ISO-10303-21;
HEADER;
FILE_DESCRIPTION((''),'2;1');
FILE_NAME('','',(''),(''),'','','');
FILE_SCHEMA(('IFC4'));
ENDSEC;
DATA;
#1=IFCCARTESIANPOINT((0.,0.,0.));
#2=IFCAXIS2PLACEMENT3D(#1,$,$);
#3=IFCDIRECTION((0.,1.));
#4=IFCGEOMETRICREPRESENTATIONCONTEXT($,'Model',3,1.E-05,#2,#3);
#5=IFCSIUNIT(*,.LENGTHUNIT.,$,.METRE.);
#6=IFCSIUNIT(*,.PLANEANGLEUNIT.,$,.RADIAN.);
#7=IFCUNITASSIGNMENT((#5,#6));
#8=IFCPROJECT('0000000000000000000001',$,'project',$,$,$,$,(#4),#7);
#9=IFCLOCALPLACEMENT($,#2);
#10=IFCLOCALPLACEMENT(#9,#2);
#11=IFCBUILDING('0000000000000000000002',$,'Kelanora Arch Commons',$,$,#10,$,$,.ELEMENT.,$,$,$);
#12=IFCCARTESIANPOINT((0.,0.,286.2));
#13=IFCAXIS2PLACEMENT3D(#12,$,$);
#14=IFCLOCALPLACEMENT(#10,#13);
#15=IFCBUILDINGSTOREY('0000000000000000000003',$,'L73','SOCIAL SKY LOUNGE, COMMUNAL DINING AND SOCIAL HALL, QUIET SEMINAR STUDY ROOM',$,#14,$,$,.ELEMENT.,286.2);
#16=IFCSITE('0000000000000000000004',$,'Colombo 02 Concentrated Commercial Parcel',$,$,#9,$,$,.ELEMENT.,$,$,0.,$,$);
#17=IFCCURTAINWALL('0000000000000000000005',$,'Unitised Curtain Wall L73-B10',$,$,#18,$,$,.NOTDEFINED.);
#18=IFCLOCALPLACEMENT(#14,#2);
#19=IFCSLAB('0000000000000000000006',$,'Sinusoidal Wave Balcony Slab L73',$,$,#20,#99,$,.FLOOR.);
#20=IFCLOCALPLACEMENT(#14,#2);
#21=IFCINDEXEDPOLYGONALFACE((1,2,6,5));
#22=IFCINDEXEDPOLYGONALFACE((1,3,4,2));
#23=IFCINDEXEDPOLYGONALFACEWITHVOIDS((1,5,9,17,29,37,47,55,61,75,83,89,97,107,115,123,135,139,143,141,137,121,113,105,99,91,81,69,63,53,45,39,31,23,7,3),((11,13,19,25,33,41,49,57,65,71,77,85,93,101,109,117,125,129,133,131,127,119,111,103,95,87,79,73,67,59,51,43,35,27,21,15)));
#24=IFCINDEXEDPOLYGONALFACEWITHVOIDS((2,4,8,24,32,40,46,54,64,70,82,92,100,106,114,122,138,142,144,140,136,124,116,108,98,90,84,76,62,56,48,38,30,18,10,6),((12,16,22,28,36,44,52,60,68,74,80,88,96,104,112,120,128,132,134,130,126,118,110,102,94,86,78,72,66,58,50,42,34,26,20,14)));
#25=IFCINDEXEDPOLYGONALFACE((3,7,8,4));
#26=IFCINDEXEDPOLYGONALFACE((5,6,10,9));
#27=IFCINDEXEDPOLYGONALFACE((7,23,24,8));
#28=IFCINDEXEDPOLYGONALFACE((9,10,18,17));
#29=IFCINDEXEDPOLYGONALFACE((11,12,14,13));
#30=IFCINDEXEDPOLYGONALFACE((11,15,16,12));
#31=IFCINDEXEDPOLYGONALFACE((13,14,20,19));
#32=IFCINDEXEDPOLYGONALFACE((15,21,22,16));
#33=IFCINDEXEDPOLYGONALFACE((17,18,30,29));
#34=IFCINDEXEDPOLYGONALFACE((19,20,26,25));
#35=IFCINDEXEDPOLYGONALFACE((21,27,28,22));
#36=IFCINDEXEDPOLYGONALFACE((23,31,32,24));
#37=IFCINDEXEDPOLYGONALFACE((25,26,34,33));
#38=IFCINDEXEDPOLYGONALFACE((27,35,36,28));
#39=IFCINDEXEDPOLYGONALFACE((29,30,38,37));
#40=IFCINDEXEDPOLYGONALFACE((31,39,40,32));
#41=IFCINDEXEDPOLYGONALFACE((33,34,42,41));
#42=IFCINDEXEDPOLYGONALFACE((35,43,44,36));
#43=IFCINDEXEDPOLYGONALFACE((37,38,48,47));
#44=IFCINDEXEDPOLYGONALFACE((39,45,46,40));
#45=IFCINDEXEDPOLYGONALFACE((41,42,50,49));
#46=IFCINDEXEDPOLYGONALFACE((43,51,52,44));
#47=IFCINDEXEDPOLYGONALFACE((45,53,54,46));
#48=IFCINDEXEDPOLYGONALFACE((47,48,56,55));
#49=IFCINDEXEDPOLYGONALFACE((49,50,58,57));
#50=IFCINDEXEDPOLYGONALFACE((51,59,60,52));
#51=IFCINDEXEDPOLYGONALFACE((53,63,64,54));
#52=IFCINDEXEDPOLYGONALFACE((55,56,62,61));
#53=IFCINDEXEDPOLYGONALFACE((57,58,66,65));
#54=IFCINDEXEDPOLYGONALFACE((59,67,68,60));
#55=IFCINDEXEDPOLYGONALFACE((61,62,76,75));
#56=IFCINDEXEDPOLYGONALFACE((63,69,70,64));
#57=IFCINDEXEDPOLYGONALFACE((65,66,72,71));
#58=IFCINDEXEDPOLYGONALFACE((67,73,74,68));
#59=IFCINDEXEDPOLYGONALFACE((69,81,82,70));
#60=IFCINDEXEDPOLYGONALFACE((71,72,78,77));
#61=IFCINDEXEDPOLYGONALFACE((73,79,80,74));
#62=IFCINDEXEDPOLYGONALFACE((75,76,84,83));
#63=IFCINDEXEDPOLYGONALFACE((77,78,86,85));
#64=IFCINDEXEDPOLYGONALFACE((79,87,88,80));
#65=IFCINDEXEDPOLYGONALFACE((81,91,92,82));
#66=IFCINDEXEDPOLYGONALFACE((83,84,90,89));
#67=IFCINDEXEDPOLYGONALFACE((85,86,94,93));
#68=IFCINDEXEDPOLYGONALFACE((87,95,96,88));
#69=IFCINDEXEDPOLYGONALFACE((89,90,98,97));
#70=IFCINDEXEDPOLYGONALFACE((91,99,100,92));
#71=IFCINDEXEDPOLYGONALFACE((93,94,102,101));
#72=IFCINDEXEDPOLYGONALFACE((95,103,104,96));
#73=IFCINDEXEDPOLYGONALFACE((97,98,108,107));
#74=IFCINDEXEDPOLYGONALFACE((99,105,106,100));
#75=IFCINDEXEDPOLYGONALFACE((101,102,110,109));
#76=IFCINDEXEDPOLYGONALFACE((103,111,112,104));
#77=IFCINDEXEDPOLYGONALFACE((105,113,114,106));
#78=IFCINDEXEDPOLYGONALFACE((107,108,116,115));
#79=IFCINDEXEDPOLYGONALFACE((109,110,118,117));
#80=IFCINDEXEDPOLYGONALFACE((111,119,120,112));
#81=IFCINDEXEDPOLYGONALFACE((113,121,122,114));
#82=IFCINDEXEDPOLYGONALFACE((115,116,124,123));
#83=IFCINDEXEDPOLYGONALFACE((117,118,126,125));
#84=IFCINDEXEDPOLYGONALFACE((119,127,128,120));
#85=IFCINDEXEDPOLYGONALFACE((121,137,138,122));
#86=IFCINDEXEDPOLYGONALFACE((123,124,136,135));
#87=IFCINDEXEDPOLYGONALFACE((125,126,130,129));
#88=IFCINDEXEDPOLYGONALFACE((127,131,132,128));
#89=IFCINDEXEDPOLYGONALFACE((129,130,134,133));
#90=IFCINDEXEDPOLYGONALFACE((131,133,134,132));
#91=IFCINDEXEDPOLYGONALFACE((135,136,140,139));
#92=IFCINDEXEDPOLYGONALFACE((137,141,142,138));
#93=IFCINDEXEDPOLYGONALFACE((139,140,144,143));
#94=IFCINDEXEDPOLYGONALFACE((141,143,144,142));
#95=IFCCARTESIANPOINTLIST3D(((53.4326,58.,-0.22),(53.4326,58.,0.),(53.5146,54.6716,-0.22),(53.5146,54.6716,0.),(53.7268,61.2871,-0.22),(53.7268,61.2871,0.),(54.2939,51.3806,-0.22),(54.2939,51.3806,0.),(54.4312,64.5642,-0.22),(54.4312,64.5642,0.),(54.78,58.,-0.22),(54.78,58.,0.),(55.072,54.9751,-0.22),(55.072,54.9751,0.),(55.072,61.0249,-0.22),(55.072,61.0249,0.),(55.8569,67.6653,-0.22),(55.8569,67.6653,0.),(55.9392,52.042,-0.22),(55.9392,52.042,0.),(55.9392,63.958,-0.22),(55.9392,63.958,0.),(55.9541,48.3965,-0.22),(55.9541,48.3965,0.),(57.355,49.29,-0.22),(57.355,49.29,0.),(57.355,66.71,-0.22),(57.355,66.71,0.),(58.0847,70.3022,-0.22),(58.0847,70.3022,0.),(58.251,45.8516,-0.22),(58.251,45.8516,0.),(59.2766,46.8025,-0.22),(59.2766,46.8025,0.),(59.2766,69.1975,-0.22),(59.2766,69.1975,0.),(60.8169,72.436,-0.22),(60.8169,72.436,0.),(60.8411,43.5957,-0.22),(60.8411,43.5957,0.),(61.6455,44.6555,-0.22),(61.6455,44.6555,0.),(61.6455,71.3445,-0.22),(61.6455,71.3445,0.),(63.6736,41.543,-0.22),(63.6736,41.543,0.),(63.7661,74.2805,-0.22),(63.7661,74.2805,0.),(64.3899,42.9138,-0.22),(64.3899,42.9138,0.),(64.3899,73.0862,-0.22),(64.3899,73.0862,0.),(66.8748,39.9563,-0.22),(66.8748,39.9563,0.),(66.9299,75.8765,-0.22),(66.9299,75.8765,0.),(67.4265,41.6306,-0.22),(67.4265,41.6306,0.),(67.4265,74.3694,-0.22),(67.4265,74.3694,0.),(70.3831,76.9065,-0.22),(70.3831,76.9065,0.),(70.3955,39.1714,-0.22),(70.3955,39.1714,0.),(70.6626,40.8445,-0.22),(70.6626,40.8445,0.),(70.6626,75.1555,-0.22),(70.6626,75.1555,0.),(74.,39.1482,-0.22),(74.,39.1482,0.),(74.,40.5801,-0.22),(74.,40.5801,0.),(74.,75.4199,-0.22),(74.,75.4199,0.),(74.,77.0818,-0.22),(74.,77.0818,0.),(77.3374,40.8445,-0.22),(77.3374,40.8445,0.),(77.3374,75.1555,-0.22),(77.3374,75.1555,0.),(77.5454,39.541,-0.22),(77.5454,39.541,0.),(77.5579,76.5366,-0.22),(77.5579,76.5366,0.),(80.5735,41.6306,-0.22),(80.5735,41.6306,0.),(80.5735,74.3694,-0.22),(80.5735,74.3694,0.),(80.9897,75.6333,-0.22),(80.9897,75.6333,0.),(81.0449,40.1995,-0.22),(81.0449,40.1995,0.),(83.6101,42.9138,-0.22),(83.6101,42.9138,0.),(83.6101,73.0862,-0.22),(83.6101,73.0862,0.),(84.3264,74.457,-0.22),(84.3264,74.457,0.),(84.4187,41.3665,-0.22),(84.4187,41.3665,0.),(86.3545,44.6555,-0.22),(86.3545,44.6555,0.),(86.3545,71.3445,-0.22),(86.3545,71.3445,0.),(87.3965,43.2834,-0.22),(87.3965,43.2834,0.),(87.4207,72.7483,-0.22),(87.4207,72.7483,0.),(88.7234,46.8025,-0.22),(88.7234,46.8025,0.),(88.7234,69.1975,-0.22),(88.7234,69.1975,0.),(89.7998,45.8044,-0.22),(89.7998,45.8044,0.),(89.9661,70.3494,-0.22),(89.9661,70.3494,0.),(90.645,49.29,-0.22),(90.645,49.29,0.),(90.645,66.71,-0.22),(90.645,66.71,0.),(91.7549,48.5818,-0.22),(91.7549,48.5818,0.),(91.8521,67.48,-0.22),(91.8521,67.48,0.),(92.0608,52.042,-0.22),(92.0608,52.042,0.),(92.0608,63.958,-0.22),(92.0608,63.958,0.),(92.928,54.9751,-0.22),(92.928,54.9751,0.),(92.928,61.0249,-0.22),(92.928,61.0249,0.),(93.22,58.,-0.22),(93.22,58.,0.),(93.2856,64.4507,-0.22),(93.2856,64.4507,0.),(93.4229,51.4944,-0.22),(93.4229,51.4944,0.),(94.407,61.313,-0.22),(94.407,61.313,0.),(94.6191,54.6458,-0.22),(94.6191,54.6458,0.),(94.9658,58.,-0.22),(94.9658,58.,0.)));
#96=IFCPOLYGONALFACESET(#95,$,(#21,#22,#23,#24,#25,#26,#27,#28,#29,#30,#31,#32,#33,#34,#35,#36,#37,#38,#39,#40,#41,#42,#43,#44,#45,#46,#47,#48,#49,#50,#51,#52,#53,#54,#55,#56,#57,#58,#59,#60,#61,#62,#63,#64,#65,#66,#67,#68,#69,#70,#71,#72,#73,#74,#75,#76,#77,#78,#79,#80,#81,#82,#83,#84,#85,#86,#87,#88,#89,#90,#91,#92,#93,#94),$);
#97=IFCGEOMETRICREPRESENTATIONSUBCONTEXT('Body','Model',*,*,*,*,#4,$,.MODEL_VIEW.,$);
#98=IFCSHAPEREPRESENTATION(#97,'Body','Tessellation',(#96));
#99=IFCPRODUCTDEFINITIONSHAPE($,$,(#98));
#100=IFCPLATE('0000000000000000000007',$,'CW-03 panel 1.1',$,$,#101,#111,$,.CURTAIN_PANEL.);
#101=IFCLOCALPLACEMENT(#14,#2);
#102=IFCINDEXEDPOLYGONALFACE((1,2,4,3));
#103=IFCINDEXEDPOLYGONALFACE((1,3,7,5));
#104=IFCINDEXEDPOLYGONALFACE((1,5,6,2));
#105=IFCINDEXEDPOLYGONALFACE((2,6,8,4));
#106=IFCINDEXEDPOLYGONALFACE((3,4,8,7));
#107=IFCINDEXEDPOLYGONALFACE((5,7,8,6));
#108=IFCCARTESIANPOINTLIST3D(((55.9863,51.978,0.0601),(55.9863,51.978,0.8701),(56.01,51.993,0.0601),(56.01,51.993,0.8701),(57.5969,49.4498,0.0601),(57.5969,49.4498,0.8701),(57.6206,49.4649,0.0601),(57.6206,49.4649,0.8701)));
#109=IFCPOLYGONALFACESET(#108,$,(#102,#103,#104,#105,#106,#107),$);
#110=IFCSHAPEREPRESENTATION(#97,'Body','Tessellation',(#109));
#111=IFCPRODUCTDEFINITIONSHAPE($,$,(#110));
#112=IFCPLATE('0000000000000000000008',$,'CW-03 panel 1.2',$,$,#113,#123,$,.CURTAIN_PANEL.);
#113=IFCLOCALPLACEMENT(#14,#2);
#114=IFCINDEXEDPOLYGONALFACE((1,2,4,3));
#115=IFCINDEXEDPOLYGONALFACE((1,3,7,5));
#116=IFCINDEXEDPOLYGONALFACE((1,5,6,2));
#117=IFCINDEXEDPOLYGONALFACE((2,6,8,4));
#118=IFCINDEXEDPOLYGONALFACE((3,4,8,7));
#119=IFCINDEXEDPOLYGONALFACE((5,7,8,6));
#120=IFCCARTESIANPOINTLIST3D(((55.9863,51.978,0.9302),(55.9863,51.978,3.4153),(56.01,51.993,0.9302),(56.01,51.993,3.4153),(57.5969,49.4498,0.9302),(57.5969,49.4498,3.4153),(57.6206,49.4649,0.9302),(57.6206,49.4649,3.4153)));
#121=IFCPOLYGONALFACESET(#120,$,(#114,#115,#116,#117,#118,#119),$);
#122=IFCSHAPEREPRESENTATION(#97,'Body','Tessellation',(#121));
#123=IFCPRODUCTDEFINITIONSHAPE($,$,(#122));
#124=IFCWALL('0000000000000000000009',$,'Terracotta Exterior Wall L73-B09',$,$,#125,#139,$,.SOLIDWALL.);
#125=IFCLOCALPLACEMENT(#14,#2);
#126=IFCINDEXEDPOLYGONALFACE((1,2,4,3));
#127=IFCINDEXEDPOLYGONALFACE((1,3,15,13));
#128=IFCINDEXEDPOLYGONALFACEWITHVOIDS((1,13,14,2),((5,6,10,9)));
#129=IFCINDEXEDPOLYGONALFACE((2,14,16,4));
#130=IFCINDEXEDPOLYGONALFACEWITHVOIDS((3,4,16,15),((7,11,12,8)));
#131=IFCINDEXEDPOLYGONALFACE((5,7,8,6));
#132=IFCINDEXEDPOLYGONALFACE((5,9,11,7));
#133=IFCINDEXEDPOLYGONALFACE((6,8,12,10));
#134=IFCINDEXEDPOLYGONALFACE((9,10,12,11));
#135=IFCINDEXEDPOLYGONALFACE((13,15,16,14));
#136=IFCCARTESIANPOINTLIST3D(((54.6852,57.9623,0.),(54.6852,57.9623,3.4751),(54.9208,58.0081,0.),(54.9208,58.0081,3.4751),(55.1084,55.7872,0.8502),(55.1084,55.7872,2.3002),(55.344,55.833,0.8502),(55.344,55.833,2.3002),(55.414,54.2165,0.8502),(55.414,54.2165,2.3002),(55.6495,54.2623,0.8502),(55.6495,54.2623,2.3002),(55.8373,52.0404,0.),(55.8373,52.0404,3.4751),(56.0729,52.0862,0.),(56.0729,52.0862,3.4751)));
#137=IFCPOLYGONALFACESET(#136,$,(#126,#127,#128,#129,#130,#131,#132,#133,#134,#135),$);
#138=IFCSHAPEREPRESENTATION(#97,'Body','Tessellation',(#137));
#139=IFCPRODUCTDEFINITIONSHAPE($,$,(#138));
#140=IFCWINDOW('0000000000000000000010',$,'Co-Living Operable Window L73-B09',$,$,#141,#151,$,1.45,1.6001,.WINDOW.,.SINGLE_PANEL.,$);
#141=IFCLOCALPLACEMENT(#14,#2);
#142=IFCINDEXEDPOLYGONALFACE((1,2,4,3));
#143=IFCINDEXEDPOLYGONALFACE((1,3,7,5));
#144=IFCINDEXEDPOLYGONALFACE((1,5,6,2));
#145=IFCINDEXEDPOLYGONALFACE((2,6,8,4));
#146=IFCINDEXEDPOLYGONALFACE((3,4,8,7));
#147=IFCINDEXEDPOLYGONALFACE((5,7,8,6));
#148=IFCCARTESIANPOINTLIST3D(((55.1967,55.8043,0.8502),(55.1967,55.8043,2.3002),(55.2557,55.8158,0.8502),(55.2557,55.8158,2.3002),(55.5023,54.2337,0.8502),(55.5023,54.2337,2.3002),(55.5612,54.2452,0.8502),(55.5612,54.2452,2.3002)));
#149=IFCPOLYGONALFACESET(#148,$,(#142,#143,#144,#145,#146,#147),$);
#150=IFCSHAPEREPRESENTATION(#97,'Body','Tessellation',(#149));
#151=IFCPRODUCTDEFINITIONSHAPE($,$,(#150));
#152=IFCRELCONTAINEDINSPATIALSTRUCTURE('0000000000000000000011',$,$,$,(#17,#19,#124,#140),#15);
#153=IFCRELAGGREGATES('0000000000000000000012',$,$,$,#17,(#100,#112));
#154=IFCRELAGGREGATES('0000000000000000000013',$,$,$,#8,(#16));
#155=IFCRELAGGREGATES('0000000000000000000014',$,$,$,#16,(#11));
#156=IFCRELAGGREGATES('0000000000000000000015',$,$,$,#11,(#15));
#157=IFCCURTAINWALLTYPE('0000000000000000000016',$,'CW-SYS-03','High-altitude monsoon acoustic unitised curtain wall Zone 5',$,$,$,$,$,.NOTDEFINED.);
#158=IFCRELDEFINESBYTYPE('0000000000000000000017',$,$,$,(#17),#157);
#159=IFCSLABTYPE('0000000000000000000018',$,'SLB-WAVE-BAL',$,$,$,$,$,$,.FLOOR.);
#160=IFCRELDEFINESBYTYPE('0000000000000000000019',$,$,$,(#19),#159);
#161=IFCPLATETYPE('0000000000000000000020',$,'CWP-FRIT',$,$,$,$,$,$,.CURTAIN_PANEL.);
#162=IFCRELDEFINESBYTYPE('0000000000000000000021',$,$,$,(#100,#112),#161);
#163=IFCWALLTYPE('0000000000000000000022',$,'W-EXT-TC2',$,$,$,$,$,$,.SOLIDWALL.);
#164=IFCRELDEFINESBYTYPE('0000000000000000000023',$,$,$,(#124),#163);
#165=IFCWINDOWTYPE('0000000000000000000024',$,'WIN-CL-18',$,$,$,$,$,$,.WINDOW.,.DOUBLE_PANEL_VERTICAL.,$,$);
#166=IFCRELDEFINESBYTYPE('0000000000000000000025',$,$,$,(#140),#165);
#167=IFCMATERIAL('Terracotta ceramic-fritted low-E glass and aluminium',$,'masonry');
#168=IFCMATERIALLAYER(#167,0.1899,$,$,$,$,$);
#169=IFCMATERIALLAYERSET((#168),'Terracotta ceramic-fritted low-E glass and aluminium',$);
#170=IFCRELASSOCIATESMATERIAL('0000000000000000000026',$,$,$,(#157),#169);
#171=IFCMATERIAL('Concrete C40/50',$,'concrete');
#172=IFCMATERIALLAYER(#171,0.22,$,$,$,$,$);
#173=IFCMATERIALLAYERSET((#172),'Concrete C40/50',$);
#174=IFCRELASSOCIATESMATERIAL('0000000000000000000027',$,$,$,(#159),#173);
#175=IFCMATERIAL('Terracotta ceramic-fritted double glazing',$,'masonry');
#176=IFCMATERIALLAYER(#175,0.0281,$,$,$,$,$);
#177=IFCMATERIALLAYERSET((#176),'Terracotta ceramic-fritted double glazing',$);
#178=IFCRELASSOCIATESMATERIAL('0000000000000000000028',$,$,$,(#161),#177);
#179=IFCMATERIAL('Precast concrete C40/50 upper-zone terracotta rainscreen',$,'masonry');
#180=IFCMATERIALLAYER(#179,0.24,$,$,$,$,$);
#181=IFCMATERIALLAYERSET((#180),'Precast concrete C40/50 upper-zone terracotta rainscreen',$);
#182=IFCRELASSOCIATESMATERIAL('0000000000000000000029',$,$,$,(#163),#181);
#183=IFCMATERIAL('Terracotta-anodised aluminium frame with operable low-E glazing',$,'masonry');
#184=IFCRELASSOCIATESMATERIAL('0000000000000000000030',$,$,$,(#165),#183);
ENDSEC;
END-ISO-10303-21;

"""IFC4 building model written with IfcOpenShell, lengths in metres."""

from ifc_helpers import new_model, si_unit, direction, frame, frame_2d, origin, origin_2d, place, context, subcontext, project, spatial, polyline, rectangle, outline, extrude, source, transform, mapped, material, layer, layer_set, type_object, element, fill, aggregate, save


model = new_model("IFC4")

# Units and contexts
model_context = context("Model", 3, precision=1e-05, world=origin(), true_north=direction((0.0, 1.0)))
body_context = subcontext(model_context, "Body", "Model", "MODEL_VIEW")
ifc_project = project(units=[si_unit("LENGTHUNIT", "METRE"), si_unit("PLANEANGLEUNIT", "RADIAN")], contexts=[model_context])

# Site, building, storey
site_placement = place(None, origin())
site = spatial("IfcSite", under=ifc_project, at=site_placement, Name="Colombo 02 Concentrated Commercial Parcel", CompositionType="ELEMENT", RefElevation=0.0)
building_placement = place(site_placement, origin())
building = spatial("IfcBuilding", under=site, at=building_placement, Name="Kelanora Arch Commons", CompositionType="ELEMENT")
storey_placement = place(building_placement, frame((0.0, 0.0, 286.2)))
storey = spatial("IfcBuildingStorey", under=building, at=storey_placement, Name="L73", Description="SOCIAL SKY LOUNGE, COMMUNAL DINING AND SOCIAL HALL, QUIET SEMINAR STUDY ROOM", CompositionType="ELEMENT", Elevation=286.2)

# Curtain wall
ifc_material_1 = material(Name="Terracotta ceramic-fritted low-E glass and aluminium", Category="masonry")
ifc_layer_1 = layer(ifc_material_1, 0.1899)
ifc_layer_set_1 = layer_set([ifc_layer_1], Name="Terracotta ceramic-fritted low-E glass and aluminium")
curtain_wall_type = type_object("IfcCurtainWallType", Name="CW-SYS-03", Description="High-altitude monsoon acoustic unitised curtain wall Zone 5", PredefinedType="NOTDEFINED", material=ifc_layer_set_1)
curtain_wall_placement = place(storey_placement, origin())
curtain_wall = element("IfcCurtainWall", 1, at=curtain_wall_placement, inside=storey, type_object=curtain_wall_type, Name="Unitised Curtain Wall L73-B10", PredefinedType="NOTDEFINED")

# Shared definitions
ifc_material_2 = material(Name="Concrete C40/50", Category="concrete")

# Slab
ifc_layer_2 = layer(ifc_material_2, 0.22)
ifc_layer_set_2 = layer_set([ifc_layer_2], Name="Concrete C40/50")
slab_type_1 = type_object("IfcSlabType", Name="SLB-WAVE-BAL", PredefinedType="FLOOR", material=ifc_layer_set_2)
slab_1_placement = place(storey_placement, frame((0.0, 0.0, -0.22)))
element("IfcSlab", 2, at=slab_1_placement, inside=storey, type_object=slab_type_1, Name="Sinusoidal Wave Balcony Slab L73", PredefinedType="FLOOR", context=body_context, shape_type="SweptSolid", body=[
    extrude(outline(polyline([(94.9658, 58.0), (94.407, 61.313), (93.2856, 64.4507), (91.8521, 67.48), (89.9661, 70.3494), (87.4207, 72.7483), (84.3264, 74.457), (80.9897, 75.6333), (77.5579, 76.5366), (74.0, 77.0818), (70.3831, 76.9065), (66.9299, 75.8765), (63.7661, 74.2805), (60.8169, 72.436), (58.0847, 70.3022), (55.8569, 67.6653), (54.4312, 64.5642), (53.7268, 61.2871), (53.4326, 58.0), (53.5146, 54.6716), (54.2939, 51.3806), (55.9541, 48.3965), (58.251, 45.8516), (60.8411, 43.5957), (63.6736, 41.543), (66.8748, 39.9563), (70.3955, 39.1714), (74.0, 39.1482), (77.5454, 39.541), (81.0449, 40.1995), (84.4187, 41.3665), (87.3965, 43.2834), (89.7998, 45.8044), (91.7549, 48.5818), (93.4229, 51.4944), (94.6191, 54.6458), (94.9658, 58.0)]), holes=[polyline([(92.928, 54.9751), (92.0608, 52.042), (90.645, 49.29), (88.7234, 46.8025), (86.3545, 44.6555), (83.6101, 42.9138), (80.5735, 41.6306), (77.3374, 40.8445), (74.0, 40.5801), (70.6626, 40.8445), (67.4265, 41.6306), (64.3899, 42.9138), (61.6455, 44.6555), (59.2766, 46.8025), (57.355, 49.29), (55.9392, 52.042), (55.072, 54.9751), (54.78, 58.0), (55.072, 61.0249), (55.9392, 63.958), (57.355, 66.71), (59.2766, 69.1975), (61.6455, 71.3445), (64.3899, 73.0862), (67.4265, 74.3694), (70.6626, 75.1555), (74.0, 75.4199), (77.3374, 75.1555), (80.5735, 74.3694), (83.6101, 73.0862), (86.3545, 71.3445), (88.7234, 69.1975), (90.645, 66.71), (92.0608, 63.958), (92.928, 61.0249), (93.22, 58.0), (92.928, 54.9751)])]), origin(), (0.0, 0.0, 1.0), 0.22),
])

# Plates
ifc_material_3 = material(Name="Terracotta ceramic-fritted double glazing", Category="masonry")
ifc_layer_3 = layer(ifc_material_3, 0.0281)
ifc_layer_set_3 = layer_set([ifc_layer_3], Name="Terracotta ceramic-fritted double glazing")
plate_type = type_object("IfcPlateType", Name="CWP-FRIT", PredefinedType="CURTAIN_PANEL", material=ifc_layer_set_3)
shared_shape_1 = source(origin(), body_context, "Body", "SweptSolid", [
    extrude(rectangle(XDim=2.9976, YDim=0.0281, at=origin_2d()), origin(), (0.0, 0.0, 1.0), 0.8101),
])
plate_1_placement = place(storey_placement, frame((56.8035, 50.7214, 0.0601), z_axis=(0.0, 0.0, 1.0), x_axis=(0.5373, -0.843391, 0.0)))
plate_1 = element("IfcPlate", 3, at=plate_1_placement, type_object=plate_type, Name="CW-03 panel 1.1", PredefinedType="CURTAIN_PANEL", context=body_context, shape_type="MappedRepresentation", body=[
    mapped(shared_shape_1, transform((0.0, 0.0, 0.0), scale=1.0)),
])
shared_shape_2 = source(origin(), body_context, "Body", "SweptSolid", [
    extrude(rectangle(XDim=2.9976, YDim=0.0281, at=origin_2d()), origin(), (0.0, 0.0, 1.0), 2.4851),
])
plate_2_placement = place(storey_placement, frame((56.8035, 50.7214, 0.9302), z_axis=(0.0, 0.0, 1.0), x_axis=(0.5373, -0.843391, 0.0)))
plate_2 = element("IfcPlate", 4, at=plate_2_placement, type_object=plate_type, Name="CW-03 panel 1.2", PredefinedType="CURTAIN_PANEL", context=body_context, shape_type="MappedRepresentation", body=[
    mapped(shared_shape_2, transform((0.0, 0.0, 0.0), scale=1.0)),
])
aggregate(curtain_wall, [plate_1, plate_2])

# Wall, opening, window
ifc_material_4 = material(Name="Precast concrete C40/50 upper-zone terracotta rainscreen", Category="masonry")
ifc_layer_4 = layer(ifc_material_4, 0.24)
ifc_layer_set_4 = layer_set([ifc_layer_4], Name="Precast concrete C40/50 upper-zone terracotta rainscreen")
wall_type = type_object("IfcWallType", Name="W-EXT-TC2", PredefinedType="SOLIDWALL", material=ifc_layer_set_4)
wall_placement = place(storey_placement, frame((54.803, 57.9854, 0.0), z_axis=(0.0, 0.0, 1.0), x_axis=(0.190969, -0.981596, 0.0)))
wall = element("IfcWall", 5, at=wall_placement, inside=storey, type_object=wall_type, Name="Terracotta Exterior Wall L73-B09", PredefinedType="SOLIDWALL", context=body_context, shape_type="SweptSolid", body=[
    extrude(rectangle(XDim=6.033, YDim=0.24, at=frame_2d((3.0166, 0.0))), origin(), (0.0, 0.0, 1.0), 3.4751),
])
opening_placement = place(wall_placement, frame((2.2161, 0.0, 0.8501)))
opening = element("IfcOpeningElement", 6, at=opening_placement, cuts=wall, PredefinedType="OPENING", context=body_context, shape_type="SweptSolid", body=[
    extrude(rectangle(XDim=1.6001, YDim=1.45, at=frame_2d((0.8, 0.7251))), frame((0.0, 0.1299, 0.0), z_axis=(0.0, -1.0, 0.0), x_axis=(1.0, 0.0, 0.0)), (0.0, 0.0, 1.0), 0.26),
])
ifc_material_5 = material(Name="Terracotta-anodised aluminium frame with operable low-E glazing", Category="masonry")
window_type = type_object("IfcWindowType", Name="WIN-CL-18", PartitioningType="DOUBLE_PANEL_VERTICAL", PredefinedType="WINDOW", material=ifc_material_5)
window_placement = place(opening_placement, origin())
window = element("IfcWindow", 7, at=window_placement, inside=storey, type_object=window_type, Name="Co-Living Operable Window L73-B09", OverallHeight=1.45, OverallWidth=1.6001, PartitioningType="SINGLE_PANEL", PredefinedType="WINDOW", context=body_context, shape_type="SweptSolid", body=[
    extrude(rectangle(XDim=1.6001, YDim=1.45, at=frame_2d((0.8, 0.7251))), frame((0.0, 0.03, 0.0), z_axis=(0.0, -1.0, 0.0), x_axis=(1.0, 0.0, 0.0)), (0.0, 0.0, 1.0), 0.0601),
])
fill(opening, window)

save(model, "model.ifc")
